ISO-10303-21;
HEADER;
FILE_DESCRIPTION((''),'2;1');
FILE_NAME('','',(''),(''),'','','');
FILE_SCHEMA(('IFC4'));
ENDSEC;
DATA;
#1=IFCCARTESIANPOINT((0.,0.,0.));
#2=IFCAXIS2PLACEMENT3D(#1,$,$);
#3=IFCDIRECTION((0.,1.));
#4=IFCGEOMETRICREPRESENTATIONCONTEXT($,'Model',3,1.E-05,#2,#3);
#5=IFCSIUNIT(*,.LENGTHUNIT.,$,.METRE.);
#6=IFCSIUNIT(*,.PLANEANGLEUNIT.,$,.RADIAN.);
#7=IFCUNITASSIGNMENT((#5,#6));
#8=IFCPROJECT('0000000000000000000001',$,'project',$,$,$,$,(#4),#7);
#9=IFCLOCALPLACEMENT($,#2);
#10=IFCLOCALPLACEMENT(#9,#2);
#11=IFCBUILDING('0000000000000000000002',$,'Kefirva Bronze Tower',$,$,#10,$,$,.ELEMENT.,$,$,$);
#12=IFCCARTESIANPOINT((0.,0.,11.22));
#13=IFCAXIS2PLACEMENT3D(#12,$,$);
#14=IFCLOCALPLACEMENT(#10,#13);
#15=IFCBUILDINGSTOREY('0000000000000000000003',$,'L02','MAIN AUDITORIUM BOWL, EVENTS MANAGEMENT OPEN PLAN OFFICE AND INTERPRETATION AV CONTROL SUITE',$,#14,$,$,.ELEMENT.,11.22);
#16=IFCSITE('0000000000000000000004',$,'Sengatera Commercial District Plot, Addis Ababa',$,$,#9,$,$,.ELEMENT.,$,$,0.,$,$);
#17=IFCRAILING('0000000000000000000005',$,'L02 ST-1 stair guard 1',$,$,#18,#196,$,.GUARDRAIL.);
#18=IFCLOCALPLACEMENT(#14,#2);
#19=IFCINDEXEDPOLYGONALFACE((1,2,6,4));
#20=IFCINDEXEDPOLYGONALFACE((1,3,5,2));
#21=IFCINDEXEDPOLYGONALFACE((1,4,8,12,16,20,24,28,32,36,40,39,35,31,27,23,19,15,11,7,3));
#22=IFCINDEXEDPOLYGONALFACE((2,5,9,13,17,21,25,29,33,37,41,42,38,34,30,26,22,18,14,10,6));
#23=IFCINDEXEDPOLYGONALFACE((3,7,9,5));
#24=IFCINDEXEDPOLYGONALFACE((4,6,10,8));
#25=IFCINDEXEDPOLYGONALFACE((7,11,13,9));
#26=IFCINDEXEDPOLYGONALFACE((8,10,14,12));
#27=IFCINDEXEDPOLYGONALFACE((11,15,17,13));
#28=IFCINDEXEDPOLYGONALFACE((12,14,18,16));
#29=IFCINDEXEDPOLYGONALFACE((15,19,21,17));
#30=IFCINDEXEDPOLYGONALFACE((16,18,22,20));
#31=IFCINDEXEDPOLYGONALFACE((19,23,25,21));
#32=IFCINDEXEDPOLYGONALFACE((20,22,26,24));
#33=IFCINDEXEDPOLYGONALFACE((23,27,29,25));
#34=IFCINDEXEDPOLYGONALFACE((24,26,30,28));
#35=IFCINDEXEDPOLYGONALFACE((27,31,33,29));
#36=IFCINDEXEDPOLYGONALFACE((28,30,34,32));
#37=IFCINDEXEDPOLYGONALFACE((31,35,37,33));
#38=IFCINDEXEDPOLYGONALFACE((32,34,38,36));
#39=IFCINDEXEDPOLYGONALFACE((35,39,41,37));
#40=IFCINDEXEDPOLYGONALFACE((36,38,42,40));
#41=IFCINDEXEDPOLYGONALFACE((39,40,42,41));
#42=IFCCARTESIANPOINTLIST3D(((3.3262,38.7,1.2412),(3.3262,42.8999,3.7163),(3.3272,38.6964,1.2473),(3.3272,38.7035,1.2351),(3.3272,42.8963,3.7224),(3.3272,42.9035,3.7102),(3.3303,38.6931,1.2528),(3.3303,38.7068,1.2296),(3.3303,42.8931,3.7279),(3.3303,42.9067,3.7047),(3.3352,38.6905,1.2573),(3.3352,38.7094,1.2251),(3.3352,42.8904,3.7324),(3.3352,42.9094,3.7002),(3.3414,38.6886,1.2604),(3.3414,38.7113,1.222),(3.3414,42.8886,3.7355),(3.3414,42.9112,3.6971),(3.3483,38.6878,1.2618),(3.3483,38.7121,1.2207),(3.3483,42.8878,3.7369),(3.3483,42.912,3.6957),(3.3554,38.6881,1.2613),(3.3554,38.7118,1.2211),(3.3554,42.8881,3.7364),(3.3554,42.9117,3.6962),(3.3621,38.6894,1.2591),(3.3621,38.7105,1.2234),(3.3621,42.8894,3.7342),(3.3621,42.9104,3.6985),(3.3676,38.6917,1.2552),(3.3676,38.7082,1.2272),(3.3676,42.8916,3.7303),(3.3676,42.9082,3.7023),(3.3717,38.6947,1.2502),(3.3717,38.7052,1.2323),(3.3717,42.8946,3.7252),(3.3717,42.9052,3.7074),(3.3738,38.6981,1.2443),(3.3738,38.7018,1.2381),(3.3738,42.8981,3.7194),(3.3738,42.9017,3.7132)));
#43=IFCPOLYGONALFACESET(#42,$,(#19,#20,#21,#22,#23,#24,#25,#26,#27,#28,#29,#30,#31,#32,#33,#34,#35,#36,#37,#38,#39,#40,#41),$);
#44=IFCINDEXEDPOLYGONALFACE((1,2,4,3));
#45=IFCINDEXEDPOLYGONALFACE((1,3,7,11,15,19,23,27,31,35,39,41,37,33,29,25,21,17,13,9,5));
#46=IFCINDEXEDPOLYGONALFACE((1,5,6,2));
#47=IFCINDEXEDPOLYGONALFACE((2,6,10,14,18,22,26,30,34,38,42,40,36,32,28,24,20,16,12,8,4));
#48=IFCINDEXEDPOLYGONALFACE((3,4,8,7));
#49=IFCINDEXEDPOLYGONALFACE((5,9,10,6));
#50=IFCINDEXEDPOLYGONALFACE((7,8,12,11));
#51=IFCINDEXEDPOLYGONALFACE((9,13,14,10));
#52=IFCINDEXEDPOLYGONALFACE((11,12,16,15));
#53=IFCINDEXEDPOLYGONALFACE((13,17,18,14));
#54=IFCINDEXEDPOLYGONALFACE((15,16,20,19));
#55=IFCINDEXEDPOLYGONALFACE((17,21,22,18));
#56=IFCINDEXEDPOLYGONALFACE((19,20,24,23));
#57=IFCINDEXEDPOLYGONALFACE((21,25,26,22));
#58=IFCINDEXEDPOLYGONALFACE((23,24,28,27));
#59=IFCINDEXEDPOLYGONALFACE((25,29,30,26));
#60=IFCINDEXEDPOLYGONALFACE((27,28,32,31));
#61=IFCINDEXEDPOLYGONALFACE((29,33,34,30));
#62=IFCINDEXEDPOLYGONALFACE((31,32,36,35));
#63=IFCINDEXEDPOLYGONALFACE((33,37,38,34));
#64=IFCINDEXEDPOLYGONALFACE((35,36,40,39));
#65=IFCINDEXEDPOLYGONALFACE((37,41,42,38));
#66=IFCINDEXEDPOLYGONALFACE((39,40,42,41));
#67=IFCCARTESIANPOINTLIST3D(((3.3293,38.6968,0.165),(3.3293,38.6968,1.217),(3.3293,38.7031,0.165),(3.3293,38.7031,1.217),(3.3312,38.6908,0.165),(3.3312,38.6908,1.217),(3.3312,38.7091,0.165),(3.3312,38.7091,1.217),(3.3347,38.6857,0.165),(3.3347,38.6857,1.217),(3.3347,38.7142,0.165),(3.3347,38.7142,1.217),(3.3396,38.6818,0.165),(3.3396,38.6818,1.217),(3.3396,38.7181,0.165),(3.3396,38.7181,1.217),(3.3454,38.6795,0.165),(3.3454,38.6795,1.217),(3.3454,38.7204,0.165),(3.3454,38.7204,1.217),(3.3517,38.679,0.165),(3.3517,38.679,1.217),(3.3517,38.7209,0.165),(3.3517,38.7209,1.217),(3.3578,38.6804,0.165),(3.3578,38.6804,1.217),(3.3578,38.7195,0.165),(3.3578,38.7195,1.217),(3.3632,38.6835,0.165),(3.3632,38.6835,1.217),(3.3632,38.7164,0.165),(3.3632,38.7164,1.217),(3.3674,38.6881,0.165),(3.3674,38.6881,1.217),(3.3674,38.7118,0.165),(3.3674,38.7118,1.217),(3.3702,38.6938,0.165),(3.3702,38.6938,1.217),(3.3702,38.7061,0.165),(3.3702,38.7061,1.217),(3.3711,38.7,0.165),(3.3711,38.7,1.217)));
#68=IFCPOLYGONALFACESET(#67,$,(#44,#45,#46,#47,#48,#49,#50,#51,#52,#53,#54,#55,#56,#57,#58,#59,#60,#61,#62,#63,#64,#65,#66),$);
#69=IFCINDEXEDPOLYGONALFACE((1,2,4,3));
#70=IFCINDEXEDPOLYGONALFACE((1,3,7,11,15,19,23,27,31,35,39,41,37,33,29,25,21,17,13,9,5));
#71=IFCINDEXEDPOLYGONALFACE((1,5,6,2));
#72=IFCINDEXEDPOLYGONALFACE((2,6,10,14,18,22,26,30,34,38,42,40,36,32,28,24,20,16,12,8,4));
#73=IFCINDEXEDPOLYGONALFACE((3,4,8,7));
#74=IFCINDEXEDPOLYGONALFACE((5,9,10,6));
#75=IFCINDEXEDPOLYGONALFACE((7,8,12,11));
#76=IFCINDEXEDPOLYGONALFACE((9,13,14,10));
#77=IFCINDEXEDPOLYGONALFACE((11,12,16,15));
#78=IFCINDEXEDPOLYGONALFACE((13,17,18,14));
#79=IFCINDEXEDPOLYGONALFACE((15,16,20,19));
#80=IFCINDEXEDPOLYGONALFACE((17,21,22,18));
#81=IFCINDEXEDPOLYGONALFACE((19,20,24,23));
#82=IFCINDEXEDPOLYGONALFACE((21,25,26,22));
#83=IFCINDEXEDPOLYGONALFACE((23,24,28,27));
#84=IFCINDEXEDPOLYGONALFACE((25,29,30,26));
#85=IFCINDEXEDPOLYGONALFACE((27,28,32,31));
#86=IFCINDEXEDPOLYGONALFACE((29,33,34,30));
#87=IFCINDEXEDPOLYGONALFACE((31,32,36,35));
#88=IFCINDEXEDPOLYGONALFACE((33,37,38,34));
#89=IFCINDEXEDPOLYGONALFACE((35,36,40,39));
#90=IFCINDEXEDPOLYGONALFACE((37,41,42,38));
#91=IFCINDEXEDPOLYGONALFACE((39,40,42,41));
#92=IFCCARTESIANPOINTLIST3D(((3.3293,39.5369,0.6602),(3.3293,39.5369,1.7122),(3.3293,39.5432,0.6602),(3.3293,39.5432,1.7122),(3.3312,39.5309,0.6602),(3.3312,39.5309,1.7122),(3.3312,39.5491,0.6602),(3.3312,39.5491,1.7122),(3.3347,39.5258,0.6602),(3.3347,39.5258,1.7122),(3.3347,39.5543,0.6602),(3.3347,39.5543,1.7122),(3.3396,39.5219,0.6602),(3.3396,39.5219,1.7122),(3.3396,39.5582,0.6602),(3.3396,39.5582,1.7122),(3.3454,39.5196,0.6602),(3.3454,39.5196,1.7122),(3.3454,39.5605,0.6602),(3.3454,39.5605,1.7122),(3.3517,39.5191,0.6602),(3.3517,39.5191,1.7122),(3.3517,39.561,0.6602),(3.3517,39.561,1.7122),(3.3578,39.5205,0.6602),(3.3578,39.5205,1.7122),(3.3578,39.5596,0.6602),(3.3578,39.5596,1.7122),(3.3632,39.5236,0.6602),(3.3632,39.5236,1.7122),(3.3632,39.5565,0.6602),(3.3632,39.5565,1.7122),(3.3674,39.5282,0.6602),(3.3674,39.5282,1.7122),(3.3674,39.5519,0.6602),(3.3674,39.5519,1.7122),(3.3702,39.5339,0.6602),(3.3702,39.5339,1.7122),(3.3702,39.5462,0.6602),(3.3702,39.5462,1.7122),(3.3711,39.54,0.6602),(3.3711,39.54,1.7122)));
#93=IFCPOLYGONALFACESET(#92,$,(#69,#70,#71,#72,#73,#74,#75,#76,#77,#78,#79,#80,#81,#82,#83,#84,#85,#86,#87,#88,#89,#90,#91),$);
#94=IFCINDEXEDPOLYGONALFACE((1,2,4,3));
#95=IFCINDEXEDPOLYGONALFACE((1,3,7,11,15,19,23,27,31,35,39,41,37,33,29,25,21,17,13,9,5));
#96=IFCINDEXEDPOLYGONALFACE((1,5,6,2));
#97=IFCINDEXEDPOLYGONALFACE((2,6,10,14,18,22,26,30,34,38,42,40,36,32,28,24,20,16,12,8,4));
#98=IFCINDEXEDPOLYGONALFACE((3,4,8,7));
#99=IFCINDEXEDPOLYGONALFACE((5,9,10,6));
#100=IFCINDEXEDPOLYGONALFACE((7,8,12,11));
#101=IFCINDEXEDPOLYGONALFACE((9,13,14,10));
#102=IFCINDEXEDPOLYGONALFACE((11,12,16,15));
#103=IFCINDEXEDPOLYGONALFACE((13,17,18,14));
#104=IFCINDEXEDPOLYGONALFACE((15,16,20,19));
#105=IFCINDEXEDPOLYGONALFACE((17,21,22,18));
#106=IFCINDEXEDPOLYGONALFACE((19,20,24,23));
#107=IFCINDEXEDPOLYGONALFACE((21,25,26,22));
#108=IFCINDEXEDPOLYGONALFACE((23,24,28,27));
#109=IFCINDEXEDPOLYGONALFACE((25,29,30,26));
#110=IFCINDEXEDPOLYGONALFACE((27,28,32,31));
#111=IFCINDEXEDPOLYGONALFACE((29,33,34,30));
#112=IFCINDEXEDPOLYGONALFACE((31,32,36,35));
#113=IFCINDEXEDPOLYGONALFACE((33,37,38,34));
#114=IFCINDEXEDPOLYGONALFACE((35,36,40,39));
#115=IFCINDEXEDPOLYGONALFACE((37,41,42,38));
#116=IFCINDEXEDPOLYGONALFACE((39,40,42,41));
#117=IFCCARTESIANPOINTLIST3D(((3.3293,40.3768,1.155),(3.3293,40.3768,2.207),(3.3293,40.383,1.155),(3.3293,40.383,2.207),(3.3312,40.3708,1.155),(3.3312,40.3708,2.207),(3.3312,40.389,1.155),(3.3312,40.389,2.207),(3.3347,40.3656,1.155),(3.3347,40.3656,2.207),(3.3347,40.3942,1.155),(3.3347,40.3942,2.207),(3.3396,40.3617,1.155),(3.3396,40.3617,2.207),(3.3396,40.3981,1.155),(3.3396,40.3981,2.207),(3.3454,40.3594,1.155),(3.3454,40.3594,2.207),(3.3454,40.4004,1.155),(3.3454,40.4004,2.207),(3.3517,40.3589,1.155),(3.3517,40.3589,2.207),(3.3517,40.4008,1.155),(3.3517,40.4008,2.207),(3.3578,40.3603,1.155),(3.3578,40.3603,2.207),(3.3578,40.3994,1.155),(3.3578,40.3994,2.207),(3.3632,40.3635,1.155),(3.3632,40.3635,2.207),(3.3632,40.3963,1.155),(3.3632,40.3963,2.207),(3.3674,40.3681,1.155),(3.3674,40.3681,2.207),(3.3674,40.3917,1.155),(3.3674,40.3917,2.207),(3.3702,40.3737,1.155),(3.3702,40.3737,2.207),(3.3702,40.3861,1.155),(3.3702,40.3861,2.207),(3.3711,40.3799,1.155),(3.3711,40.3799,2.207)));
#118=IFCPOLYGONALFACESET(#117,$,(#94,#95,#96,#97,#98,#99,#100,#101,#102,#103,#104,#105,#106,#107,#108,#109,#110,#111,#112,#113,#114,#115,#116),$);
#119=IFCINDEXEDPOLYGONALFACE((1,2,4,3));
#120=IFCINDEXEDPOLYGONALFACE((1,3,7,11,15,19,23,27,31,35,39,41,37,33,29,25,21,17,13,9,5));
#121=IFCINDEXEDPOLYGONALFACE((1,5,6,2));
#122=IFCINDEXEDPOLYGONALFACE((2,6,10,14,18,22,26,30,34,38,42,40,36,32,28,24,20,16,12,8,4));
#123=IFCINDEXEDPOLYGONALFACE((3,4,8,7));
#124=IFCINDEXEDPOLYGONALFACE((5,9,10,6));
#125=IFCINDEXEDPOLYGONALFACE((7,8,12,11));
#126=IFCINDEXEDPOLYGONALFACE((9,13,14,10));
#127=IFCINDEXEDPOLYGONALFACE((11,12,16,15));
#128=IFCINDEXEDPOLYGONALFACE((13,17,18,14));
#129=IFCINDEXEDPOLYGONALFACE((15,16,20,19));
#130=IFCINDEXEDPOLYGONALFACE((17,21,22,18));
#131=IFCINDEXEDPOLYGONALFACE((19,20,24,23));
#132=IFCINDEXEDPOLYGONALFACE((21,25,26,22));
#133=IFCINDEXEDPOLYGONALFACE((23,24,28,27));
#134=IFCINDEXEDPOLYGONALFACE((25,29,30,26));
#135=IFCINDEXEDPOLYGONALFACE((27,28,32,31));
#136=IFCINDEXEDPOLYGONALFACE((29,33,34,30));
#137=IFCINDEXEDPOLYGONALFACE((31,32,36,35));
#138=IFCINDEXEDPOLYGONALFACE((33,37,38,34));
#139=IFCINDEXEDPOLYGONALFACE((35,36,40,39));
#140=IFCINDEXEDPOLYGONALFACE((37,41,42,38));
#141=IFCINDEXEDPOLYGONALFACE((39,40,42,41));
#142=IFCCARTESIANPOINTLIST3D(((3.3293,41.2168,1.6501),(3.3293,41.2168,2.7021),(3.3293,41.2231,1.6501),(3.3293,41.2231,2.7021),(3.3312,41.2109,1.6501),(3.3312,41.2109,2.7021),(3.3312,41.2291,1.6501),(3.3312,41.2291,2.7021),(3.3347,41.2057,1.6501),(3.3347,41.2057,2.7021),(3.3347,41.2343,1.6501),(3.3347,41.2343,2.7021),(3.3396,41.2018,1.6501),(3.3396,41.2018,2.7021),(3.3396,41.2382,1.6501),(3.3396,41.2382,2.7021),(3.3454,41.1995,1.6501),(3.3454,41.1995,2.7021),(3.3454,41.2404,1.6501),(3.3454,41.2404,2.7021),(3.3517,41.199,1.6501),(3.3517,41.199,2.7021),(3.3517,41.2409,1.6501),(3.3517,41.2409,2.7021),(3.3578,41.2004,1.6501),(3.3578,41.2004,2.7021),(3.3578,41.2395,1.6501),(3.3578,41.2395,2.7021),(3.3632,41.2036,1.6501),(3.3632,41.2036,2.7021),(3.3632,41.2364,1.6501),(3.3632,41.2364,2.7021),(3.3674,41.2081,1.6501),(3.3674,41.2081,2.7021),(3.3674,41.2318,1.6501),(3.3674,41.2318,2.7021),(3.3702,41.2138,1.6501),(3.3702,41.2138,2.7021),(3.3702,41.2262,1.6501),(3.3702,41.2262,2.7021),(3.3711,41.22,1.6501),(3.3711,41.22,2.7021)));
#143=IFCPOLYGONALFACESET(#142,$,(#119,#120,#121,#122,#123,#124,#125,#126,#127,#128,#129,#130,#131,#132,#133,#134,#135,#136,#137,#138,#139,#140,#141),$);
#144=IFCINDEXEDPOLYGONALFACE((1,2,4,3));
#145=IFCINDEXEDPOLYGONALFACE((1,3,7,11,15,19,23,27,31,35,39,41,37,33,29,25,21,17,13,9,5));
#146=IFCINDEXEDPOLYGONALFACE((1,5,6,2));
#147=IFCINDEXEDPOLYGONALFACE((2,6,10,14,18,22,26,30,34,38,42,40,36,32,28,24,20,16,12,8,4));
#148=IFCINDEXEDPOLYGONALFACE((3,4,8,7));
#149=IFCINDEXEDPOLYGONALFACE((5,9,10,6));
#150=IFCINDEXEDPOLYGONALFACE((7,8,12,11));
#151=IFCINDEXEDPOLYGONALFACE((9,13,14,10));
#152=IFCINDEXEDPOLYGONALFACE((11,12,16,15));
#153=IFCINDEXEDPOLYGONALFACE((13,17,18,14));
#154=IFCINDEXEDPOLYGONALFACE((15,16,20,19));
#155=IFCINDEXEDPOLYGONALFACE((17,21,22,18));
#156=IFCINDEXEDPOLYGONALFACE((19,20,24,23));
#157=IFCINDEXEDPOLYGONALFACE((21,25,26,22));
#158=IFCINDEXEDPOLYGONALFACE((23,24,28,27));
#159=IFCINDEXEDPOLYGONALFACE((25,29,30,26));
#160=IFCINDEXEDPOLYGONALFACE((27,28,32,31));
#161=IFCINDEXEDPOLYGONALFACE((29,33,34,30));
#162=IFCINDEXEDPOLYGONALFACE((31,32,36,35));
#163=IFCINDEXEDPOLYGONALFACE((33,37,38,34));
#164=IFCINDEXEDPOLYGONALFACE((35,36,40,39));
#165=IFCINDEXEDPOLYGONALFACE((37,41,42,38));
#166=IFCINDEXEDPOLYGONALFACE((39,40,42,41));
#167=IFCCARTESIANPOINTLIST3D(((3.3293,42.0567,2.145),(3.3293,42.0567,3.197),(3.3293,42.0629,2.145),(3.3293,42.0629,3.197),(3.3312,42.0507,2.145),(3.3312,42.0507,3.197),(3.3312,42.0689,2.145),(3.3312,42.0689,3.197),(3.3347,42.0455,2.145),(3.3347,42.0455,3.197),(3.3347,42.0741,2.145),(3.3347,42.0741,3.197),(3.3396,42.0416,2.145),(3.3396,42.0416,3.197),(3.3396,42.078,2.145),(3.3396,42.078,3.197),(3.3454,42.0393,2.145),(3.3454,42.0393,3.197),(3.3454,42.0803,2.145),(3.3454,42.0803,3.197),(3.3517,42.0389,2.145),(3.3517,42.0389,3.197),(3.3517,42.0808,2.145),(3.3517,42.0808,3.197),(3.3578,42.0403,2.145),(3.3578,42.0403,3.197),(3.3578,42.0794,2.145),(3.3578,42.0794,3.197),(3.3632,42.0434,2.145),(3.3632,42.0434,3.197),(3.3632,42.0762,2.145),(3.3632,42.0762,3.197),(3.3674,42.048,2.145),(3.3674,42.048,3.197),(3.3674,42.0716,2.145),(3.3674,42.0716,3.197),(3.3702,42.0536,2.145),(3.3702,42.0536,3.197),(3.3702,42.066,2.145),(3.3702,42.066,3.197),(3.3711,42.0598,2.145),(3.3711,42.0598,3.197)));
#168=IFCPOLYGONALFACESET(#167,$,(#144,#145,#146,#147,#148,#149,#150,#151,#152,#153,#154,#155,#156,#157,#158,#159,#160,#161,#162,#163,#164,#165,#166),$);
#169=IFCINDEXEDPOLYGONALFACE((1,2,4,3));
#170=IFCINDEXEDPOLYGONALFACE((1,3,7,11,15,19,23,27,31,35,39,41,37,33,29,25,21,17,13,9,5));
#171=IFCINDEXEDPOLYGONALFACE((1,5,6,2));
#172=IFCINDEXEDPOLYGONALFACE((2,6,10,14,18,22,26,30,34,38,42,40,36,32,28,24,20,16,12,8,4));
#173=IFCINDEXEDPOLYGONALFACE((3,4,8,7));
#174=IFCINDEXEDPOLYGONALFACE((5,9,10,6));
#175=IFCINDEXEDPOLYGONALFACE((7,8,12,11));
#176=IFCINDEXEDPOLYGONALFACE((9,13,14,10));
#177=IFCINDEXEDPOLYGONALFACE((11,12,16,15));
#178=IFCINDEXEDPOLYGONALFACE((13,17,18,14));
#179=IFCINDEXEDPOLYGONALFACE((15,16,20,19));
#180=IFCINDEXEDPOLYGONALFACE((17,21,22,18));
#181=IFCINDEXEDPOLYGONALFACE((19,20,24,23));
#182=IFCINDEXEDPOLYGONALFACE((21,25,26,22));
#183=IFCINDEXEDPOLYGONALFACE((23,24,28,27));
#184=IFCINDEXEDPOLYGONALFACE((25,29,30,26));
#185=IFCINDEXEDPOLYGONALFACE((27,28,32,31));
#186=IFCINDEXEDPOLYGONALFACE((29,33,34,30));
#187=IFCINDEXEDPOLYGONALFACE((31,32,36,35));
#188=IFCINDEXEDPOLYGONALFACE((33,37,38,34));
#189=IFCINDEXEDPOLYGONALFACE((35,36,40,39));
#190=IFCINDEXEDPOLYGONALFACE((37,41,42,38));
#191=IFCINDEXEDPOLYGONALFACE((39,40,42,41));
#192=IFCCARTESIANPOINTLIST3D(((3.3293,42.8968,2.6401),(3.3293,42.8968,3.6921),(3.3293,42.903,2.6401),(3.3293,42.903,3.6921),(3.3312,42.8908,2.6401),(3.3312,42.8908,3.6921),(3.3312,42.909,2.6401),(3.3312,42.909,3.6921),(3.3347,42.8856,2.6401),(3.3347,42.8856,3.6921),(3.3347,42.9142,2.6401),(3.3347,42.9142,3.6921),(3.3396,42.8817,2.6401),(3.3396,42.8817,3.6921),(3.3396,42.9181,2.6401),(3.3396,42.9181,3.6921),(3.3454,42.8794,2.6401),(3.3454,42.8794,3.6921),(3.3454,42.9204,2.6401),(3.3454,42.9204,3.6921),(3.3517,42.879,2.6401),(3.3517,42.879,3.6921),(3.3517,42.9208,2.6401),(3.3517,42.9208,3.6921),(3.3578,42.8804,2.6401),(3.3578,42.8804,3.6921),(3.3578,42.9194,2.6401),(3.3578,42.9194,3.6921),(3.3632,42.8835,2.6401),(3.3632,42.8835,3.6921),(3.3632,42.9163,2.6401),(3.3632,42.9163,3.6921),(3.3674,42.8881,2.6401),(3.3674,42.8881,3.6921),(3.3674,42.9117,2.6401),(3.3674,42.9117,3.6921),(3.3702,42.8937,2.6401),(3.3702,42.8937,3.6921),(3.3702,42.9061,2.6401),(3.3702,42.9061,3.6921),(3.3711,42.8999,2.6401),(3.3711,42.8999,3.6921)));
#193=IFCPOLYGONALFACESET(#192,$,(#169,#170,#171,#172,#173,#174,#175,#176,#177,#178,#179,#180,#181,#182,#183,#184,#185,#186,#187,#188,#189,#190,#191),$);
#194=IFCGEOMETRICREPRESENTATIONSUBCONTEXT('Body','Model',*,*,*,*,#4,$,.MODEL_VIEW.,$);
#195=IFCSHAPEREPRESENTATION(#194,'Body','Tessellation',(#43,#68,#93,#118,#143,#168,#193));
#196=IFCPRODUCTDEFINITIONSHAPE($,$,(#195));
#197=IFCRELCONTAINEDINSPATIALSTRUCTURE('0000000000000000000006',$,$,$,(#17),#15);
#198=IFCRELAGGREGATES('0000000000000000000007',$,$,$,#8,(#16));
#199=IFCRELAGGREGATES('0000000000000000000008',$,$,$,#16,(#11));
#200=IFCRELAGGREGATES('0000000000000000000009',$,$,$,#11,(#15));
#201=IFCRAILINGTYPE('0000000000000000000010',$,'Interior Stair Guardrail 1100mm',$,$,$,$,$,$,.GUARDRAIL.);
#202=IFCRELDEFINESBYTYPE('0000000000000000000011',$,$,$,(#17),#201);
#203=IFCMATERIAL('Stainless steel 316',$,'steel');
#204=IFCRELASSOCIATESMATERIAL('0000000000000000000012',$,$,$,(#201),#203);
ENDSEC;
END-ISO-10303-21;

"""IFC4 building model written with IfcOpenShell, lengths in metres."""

from ifc_helpers import new_model, si_unit, direction, frame, origin, origin_2d, place, context, subcontext, project, spatial, circle, extrude, material, type_object, element, save


model = new_model("IFC4")

# Units and contexts
model_context = context("Model", 3, precision=1e-05, world=origin(), true_north=direction((0.0, 1.0)))
body_context = subcontext(model_context, "Body", "Model", "MODEL_VIEW")
ifc_project = project(units=[si_unit("LENGTHUNIT", "METRE"), si_unit("PLANEANGLEUNIT", "RADIAN")], contexts=[model_context])

# Site, building, storey
site_placement = place(None, origin())
site = spatial("IfcSite", under=ifc_project, at=site_placement, Name="Sengatera Commercial District Plot, Addis Ababa", CompositionType="ELEMENT", RefElevation=0.0)
building_placement = place(site_placement, origin())
building = spatial("IfcBuilding", under=site, at=building_placement, Name="Kefirva Bronze Tower", CompositionType="ELEMENT")
storey_placement = place(building_placement, frame((0.0, 0.0, 11.22)))
storey = spatial("IfcBuildingStorey", under=building, at=storey_placement, Name="L02", Description="MAIN AUDITORIUM BOWL, EVENTS MANAGEMENT OPEN PLAN OFFICE AND INTERPRETATION AV CONTROL SUITE", CompositionType="ELEMENT", Elevation=11.22)

# Shared definitions
ifc_material_1 = material(Name="Stainless steel 316", Category="steel")

# Railing
railing_type_1 = type_object("IfcRailingType", Name="Interior Stair Guardrail 1100mm", PredefinedType="GUARDRAIL", material=ifc_material_1)
railing_1_placement = place(storey_placement, frame((3.3501, 38.7, 0.165)))
element("IfcRailing", 1, at=railing_1_placement, inside=storey, type_object=railing_type_1, Name="L02 ST-1 stair guard 1", PredefinedType="GUARDRAIL", context=body_context, shape_type="SweptSolid", body=[
    extrude(circle(Radius=0.0239, at=origin_2d()), frame((0.0, 0.0, 1.0762), z_axis=(0.0, 0.861527, 0.507712), x_axis=(-1.0, 0.0, 0.0)), (0.0, 0.0, 1.0), 4.875),
    extrude(circle(Radius=0.021, at=origin_2d()), origin(), (0.0, 0.0, 1.0), 1.052),
    extrude(circle(Radius=0.021, at=origin_2d()), frame((0.0, 0.8401, 0.4951)), (0.0, 0.0, 1.0), 1.052),
    extrude(circle(Radius=0.021, at=origin_2d()), frame((0.0, 1.6799, 0.99)), (0.0, 0.0, 1.0), 1.052),
    extrude(circle(Radius=0.021, at=origin_2d()), frame((0.0, 2.52, 1.4851)), (0.0, 0.0, 1.0), 1.052),
    extrude(circle(Radius=0.021, at=origin_2d()), frame((0.0, 3.3599, 1.98)), (0.0, 0.0, 1.0), 1.052),
    extrude(circle(Radius=0.021, at=origin_2d()), frame((0.0, 4.2, 2.4751)), (0.0, 0.0, 1.0), 1.052),
])

save(model, "model.ifc")
